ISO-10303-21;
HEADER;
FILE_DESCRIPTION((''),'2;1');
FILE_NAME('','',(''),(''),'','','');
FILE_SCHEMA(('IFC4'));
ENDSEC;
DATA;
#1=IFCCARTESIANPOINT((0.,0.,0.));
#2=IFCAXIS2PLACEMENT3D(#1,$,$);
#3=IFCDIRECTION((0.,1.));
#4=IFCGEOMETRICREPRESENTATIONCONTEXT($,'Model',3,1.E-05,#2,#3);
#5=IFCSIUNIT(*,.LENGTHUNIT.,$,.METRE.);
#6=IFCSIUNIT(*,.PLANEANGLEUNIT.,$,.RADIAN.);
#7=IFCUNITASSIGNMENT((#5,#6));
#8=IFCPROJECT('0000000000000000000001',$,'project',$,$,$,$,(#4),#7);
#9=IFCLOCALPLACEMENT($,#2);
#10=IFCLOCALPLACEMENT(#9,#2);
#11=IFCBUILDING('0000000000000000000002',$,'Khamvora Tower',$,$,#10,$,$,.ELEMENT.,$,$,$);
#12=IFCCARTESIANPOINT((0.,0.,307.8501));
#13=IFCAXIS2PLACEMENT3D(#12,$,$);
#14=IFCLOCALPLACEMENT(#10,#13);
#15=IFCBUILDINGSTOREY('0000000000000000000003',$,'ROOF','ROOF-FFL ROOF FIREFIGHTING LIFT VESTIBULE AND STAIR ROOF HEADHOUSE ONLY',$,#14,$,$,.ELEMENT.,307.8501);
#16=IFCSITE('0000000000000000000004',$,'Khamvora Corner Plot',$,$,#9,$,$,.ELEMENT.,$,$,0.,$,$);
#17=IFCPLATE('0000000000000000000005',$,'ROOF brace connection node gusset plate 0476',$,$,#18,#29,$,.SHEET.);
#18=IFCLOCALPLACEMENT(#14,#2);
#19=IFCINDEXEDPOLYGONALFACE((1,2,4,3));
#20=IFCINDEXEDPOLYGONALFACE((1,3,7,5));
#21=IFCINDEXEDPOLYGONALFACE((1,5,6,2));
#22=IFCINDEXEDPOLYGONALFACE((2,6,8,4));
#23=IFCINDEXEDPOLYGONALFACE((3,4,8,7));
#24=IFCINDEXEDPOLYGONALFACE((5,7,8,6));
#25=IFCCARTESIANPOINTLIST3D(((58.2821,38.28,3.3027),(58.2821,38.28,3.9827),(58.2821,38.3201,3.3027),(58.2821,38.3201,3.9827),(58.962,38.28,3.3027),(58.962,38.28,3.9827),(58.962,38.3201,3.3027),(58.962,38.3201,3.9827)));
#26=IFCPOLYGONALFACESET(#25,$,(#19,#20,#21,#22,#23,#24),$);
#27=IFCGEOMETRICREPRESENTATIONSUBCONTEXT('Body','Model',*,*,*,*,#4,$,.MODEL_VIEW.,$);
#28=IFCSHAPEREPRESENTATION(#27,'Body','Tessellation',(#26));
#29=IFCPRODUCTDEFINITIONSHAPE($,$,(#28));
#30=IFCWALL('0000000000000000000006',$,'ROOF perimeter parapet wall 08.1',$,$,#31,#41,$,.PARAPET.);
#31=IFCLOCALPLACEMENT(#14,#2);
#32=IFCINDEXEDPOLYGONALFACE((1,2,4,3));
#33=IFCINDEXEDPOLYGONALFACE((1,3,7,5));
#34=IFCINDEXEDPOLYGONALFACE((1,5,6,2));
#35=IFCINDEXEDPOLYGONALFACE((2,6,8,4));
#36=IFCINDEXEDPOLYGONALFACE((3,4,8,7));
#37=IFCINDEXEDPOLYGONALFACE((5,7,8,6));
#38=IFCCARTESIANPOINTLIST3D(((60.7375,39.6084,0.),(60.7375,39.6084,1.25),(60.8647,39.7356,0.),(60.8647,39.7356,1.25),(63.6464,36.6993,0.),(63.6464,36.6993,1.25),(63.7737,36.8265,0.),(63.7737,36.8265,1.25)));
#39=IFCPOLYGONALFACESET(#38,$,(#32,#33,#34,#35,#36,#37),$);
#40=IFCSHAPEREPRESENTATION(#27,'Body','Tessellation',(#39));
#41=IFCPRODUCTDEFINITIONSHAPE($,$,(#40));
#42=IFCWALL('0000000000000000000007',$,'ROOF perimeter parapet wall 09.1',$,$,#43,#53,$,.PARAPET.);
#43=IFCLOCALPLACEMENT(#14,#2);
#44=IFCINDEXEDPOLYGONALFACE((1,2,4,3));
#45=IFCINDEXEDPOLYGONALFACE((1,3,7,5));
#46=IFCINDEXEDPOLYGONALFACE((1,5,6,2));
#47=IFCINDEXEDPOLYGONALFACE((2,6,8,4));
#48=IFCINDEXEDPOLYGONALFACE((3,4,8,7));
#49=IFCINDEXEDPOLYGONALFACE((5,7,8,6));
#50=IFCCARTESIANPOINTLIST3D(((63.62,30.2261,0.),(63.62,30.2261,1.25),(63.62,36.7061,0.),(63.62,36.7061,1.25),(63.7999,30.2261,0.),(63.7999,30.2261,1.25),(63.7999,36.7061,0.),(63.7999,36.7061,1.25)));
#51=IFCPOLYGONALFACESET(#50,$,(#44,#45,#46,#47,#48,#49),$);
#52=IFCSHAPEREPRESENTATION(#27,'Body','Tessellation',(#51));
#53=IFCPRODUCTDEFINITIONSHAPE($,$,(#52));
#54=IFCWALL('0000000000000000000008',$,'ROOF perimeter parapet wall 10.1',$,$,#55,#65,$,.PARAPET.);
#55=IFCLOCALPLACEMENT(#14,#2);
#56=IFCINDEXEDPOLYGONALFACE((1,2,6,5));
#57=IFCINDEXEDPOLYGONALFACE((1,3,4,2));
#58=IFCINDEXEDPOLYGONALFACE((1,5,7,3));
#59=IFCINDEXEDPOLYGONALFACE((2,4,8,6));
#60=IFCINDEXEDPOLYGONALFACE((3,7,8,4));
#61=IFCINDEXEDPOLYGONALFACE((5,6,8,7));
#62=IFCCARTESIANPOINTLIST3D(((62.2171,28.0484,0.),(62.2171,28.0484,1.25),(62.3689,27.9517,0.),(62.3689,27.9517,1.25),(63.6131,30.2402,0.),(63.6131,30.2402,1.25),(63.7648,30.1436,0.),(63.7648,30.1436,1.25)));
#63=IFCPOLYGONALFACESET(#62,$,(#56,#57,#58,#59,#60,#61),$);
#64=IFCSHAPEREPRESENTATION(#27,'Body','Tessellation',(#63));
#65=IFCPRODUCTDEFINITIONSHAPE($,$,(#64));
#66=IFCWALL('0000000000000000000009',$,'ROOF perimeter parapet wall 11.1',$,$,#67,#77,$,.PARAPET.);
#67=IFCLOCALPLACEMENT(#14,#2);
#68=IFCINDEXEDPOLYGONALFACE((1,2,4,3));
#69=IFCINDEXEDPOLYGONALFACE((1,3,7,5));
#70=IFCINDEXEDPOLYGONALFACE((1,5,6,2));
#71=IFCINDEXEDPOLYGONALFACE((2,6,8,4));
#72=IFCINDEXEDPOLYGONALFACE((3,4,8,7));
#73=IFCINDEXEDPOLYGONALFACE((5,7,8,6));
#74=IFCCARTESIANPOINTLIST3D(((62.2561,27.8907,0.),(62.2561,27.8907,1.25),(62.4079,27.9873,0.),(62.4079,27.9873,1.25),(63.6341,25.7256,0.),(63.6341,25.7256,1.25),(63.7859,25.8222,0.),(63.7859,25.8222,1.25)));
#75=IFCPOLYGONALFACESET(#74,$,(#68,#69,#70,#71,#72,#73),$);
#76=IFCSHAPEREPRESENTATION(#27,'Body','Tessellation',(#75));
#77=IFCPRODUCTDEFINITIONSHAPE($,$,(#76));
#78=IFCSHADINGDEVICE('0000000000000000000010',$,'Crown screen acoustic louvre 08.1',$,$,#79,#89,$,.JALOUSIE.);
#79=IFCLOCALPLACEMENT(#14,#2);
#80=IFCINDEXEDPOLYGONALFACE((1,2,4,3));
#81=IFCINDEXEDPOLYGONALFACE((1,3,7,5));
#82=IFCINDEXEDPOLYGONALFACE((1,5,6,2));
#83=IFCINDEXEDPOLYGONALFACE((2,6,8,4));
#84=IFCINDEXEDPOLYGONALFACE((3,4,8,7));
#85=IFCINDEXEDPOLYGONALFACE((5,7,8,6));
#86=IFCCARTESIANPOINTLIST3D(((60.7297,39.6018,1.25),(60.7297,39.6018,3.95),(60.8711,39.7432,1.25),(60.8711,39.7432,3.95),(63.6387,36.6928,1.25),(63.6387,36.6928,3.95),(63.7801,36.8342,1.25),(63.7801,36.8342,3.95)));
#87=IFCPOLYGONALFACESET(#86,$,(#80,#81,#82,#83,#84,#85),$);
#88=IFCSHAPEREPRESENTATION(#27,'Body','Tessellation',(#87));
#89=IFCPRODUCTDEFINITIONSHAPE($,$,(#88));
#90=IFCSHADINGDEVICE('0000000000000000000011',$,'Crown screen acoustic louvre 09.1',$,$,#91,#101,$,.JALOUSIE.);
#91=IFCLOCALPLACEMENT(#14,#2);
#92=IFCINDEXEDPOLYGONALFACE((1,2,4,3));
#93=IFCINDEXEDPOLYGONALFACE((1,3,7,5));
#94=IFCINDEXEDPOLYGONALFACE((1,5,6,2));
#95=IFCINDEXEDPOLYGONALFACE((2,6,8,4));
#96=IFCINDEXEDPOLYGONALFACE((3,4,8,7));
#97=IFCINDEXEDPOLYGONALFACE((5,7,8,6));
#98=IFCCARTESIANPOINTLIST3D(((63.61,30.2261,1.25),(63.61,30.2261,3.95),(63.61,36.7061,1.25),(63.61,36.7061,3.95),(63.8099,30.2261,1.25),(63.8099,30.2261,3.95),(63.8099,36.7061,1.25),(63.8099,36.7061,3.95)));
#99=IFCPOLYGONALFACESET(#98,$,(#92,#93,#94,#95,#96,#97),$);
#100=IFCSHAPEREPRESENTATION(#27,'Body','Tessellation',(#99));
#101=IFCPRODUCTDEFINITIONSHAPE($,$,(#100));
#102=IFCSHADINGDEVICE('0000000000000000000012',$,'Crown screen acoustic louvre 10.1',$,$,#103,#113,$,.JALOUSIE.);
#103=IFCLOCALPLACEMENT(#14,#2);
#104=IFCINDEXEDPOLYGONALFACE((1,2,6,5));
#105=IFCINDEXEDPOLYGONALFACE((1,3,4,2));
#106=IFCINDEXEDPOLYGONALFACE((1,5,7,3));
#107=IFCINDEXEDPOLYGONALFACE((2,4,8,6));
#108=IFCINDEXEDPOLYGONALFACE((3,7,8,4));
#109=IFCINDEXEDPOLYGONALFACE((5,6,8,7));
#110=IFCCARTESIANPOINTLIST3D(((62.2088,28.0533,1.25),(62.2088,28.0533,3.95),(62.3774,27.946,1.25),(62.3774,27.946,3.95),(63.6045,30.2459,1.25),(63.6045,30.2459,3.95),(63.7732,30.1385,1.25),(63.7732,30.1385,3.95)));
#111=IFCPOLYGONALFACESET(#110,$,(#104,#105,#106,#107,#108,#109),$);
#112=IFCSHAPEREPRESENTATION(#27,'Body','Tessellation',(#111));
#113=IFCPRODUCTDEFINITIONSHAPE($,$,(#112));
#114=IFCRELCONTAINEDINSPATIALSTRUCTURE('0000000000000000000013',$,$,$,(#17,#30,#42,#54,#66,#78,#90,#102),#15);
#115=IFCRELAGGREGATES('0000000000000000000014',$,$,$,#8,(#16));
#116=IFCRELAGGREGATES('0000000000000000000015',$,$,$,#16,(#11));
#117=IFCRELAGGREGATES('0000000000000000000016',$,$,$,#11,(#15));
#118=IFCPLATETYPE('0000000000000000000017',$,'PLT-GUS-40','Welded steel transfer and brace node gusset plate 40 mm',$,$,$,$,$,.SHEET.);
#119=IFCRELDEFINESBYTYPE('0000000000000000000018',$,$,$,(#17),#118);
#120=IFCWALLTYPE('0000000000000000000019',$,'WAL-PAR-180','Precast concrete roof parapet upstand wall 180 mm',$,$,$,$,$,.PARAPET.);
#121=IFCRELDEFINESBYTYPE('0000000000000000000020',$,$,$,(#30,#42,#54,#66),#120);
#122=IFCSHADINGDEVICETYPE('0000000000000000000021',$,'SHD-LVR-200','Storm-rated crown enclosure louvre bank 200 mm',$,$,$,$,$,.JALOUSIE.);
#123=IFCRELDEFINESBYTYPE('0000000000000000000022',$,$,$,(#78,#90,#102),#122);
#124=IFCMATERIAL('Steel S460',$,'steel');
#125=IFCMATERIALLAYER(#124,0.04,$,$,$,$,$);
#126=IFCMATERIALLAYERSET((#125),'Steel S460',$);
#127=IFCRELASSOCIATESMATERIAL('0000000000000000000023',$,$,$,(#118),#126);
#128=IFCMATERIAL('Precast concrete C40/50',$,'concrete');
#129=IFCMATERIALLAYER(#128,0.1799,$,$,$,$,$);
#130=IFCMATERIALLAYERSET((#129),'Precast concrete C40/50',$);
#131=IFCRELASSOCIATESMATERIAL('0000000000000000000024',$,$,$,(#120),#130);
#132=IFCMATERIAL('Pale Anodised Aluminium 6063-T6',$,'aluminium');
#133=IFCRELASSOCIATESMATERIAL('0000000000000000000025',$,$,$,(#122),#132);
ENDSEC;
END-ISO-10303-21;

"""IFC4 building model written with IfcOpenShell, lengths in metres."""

from ifc_helpers import new_model, si_unit, direction, frame, frame_2d, origin, origin_2d, place, context, subcontext, project, spatial, rectangle, extrude, material, layer, layer_set, type_object, element, save


model = new_model("IFC4")

# Units and contexts
model_context = context("Model", 3, precision=1e-05, world=origin(), true_north=direction((0.0, 1.0)))
body_context = subcontext(model_context, "Body", "Model", "MODEL_VIEW")
ifc_project = project(units=[si_unit("LENGTHUNIT", "METRE"), si_unit("PLANEANGLEUNIT", "RADIAN")], contexts=[model_context])

# Site, building, storey
site_placement = place(None, origin())
site = spatial("IfcSite", under=ifc_project, at=site_placement, Name="Khamvora Corner Plot", CompositionType="ELEMENT", RefElevation=0.0)
building_placement = place(site_placement, origin())
building = spatial("IfcBuilding", under=site, at=building_placement, Name="Khamvora Tower", CompositionType="ELEMENT")
storey_placement = place(building_placement, frame((0.0, 0.0, 307.8501)))
storey = spatial("IfcBuildingStorey", under=building, at=storey_placement, Name="ROOF", Description="ROOF-FFL ROOF FIREFIGHTING LIFT VESTIBULE AND STAIR ROOF HEADHOUSE ONLY", CompositionType="ELEMENT", Elevation=307.8501)

# Plate
ifc_material_1 = material(Name="Steel S460", Category="steel")
ifc_layer_1 = layer(ifc_material_1, 0.04)
ifc_layer_set_1 = layer_set([ifc_layer_1], Name="Steel S460")
plate_type_1 = type_object("IfcPlateType", Name="PLT-GUS-40", Description="Welded steel transfer and brace node gusset plate 40 mm", PredefinedType="SHEET", material=ifc_layer_set_1)
plate_1_placement = place(storey_placement, frame((58.6221, 38.3, 3.3027), z_axis=(0.0, 0.0, 1.0), x_axis=(1.0, 0.0, 0.0)))
element("IfcPlate", 1, at=plate_1_placement, inside=storey, type_object=plate_type_1, Name="ROOF brace connection node gusset plate 0476", PredefinedType="SHEET", context=body_context, shape_type="SweptSolid", body=[
    extrude(rectangle(XDim=0.6799, YDim=0.04, at=origin_2d()), origin(), (0.0, 0.0, 1.0), 0.6799),
])

# Walls
ifc_material_2 = material(Name="Precast concrete C40/50", Category="concrete")
ifc_layer_2 = layer(ifc_material_2, 0.1799)
ifc_layer_set_2 = layer_set([ifc_layer_2], Name="Precast concrete C40/50")
wall_type = type_object("IfcWallType", Name="WAL-PAR-180", Description="Precast concrete roof parapet upstand wall 180 mm", PredefinedType="PARAPET", material=ifc_layer_set_2)
wall_1_placement = place(storey_placement, frame((60.801, 39.6721, 0.0), z_axis=(0.0, 0.0, 1.0), x_axis=(0.707077, -0.707136, 0.0)))
element("IfcWall", 2, at=wall_1_placement, inside=storey, type_object=wall_type, Name="ROOF perimeter parapet wall 08.1", PredefinedType="PARAPET", context=body_context, shape_type="SweptSolid", body=[
    extrude(rectangle(XDim=4.114, YDim=0.1799, at=frame_2d((2.0571, 0.0))), origin(), (0.0, 0.0, 1.0), 1.25),
])
wall_2_placement = place(storey_placement, frame((63.71, 36.7061, 0.0), z_axis=(0.0, 0.0, 1.0), x_axis=(0.0, -1.0, 0.0)))
element("IfcWall", 3, at=wall_2_placement, inside=storey, type_object=wall_type, Name="ROOF perimeter parapet wall 09.1", PredefinedType="PARAPET", context=body_context, shape_type="SweptSolid", body=[
    extrude(rectangle(XDim=6.48, YDim=0.1799, at=frame_2d((3.24, 0.0))), origin(), (0.0, 0.0, 1.0), 1.25),
])
wall_3_placement = place(storey_placement, frame((63.689, 30.1919, 0.0), z_axis=(0.0, 0.0, 1.0), x_axis=(-0.537192, -0.84346, 0.0)))
element("IfcWall", 4, at=wall_3_placement, inside=storey, type_object=wall_type, Name="ROOF perimeter parapet wall 10.1", PredefinedType="PARAPET", context=body_context, shape_type="SweptSolid", body=[
    extrude(rectangle(XDim=2.5986, YDim=0.1799, at=frame_2d((1.2993, 0.0))), origin(), (0.0, 0.0, 1.0), 1.25),
])
wall_4_placement = place(storey_placement, frame((62.332, 27.939, 0.0), z_axis=(0.0, 0.0, 1.0), x_axis=(0.536925, -0.84363, 0.0)))
element("IfcWall", 5, at=wall_4_placement, inside=storey, type_object=wall_type, Name="ROOF perimeter parapet wall 11.1", PredefinedType="PARAPET", context=body_context, shape_type="SweptSolid", body=[
    extrude(rectangle(XDim=2.5664, YDim=0.1799, at=frame_2d((1.2832, 0.0))), origin(), (0.0, 0.0, 1.0), 1.25),
])

# Shading devices
ifc_material_3 = material(Name="Pale Anodised Aluminium 6063-T6", Category="aluminium")
shading_device_type = type_object("IfcShadingDeviceType", Name="SHD-LVR-200", Description="Storm-rated crown enclosure louvre bank 200 mm", PredefinedType="JALOUSIE", material=ifc_material_3)
shading_device_1_placement = place(storey_placement, frame((62.2549, 38.218, 1.25), z_axis=(0.0, 0.0, 1.0), x_axis=(0.707107, -0.707107, 0.0)))
element("IfcShadingDevice", 6, at=shading_device_1_placement, inside=storey, type_object=shading_device_type, Name="Crown screen acoustic louvre 08.1", PredefinedType="JALOUSIE", context=body_context, shape_type="SweptSolid", body=[
    extrude(rectangle(XDim=4.114, YDim=0.2, at=origin_2d()), origin(), (0.0, 0.0, 1.0), 2.7),
])
shading_device_2_placement = place(storey_placement, frame((63.71, 33.4661, 1.25), z_axis=(0.0, 0.0, 1.0), x_axis=(0.0, -1.0, 0.0)))
element("IfcShadingDevice", 7, at=shading_device_2_placement, inside=storey, type_object=shading_device_type, Name="Crown screen acoustic louvre 09.1", PredefinedType="JALOUSIE", context=body_context, shape_type="SweptSolid", body=[
    extrude(rectangle(XDim=6.48, YDim=0.2, at=origin_2d()), origin(), (0.0, 0.0, 1.0), 2.7),
])
shading_device_3_placement = place(storey_placement, frame((62.991, 29.0959, 1.25), z_axis=(0.0, 0.0, 1.0), x_axis=(-0.536998, -0.843583, 0.0)))
element("IfcShadingDevice", 8, at=shading_device_3_placement, inside=storey, type_object=shading_device_type, Name="Crown screen acoustic louvre 10.1", PredefinedType="JALOUSIE", context=body_context, shape_type="SweptSolid", body=[
    extrude(rectangle(XDim=2.5991, YDim=0.2, at=origin_2d()), origin(), (0.0, 0.0, 1.0), 2.7),
])

save(model, "model.ifc")
